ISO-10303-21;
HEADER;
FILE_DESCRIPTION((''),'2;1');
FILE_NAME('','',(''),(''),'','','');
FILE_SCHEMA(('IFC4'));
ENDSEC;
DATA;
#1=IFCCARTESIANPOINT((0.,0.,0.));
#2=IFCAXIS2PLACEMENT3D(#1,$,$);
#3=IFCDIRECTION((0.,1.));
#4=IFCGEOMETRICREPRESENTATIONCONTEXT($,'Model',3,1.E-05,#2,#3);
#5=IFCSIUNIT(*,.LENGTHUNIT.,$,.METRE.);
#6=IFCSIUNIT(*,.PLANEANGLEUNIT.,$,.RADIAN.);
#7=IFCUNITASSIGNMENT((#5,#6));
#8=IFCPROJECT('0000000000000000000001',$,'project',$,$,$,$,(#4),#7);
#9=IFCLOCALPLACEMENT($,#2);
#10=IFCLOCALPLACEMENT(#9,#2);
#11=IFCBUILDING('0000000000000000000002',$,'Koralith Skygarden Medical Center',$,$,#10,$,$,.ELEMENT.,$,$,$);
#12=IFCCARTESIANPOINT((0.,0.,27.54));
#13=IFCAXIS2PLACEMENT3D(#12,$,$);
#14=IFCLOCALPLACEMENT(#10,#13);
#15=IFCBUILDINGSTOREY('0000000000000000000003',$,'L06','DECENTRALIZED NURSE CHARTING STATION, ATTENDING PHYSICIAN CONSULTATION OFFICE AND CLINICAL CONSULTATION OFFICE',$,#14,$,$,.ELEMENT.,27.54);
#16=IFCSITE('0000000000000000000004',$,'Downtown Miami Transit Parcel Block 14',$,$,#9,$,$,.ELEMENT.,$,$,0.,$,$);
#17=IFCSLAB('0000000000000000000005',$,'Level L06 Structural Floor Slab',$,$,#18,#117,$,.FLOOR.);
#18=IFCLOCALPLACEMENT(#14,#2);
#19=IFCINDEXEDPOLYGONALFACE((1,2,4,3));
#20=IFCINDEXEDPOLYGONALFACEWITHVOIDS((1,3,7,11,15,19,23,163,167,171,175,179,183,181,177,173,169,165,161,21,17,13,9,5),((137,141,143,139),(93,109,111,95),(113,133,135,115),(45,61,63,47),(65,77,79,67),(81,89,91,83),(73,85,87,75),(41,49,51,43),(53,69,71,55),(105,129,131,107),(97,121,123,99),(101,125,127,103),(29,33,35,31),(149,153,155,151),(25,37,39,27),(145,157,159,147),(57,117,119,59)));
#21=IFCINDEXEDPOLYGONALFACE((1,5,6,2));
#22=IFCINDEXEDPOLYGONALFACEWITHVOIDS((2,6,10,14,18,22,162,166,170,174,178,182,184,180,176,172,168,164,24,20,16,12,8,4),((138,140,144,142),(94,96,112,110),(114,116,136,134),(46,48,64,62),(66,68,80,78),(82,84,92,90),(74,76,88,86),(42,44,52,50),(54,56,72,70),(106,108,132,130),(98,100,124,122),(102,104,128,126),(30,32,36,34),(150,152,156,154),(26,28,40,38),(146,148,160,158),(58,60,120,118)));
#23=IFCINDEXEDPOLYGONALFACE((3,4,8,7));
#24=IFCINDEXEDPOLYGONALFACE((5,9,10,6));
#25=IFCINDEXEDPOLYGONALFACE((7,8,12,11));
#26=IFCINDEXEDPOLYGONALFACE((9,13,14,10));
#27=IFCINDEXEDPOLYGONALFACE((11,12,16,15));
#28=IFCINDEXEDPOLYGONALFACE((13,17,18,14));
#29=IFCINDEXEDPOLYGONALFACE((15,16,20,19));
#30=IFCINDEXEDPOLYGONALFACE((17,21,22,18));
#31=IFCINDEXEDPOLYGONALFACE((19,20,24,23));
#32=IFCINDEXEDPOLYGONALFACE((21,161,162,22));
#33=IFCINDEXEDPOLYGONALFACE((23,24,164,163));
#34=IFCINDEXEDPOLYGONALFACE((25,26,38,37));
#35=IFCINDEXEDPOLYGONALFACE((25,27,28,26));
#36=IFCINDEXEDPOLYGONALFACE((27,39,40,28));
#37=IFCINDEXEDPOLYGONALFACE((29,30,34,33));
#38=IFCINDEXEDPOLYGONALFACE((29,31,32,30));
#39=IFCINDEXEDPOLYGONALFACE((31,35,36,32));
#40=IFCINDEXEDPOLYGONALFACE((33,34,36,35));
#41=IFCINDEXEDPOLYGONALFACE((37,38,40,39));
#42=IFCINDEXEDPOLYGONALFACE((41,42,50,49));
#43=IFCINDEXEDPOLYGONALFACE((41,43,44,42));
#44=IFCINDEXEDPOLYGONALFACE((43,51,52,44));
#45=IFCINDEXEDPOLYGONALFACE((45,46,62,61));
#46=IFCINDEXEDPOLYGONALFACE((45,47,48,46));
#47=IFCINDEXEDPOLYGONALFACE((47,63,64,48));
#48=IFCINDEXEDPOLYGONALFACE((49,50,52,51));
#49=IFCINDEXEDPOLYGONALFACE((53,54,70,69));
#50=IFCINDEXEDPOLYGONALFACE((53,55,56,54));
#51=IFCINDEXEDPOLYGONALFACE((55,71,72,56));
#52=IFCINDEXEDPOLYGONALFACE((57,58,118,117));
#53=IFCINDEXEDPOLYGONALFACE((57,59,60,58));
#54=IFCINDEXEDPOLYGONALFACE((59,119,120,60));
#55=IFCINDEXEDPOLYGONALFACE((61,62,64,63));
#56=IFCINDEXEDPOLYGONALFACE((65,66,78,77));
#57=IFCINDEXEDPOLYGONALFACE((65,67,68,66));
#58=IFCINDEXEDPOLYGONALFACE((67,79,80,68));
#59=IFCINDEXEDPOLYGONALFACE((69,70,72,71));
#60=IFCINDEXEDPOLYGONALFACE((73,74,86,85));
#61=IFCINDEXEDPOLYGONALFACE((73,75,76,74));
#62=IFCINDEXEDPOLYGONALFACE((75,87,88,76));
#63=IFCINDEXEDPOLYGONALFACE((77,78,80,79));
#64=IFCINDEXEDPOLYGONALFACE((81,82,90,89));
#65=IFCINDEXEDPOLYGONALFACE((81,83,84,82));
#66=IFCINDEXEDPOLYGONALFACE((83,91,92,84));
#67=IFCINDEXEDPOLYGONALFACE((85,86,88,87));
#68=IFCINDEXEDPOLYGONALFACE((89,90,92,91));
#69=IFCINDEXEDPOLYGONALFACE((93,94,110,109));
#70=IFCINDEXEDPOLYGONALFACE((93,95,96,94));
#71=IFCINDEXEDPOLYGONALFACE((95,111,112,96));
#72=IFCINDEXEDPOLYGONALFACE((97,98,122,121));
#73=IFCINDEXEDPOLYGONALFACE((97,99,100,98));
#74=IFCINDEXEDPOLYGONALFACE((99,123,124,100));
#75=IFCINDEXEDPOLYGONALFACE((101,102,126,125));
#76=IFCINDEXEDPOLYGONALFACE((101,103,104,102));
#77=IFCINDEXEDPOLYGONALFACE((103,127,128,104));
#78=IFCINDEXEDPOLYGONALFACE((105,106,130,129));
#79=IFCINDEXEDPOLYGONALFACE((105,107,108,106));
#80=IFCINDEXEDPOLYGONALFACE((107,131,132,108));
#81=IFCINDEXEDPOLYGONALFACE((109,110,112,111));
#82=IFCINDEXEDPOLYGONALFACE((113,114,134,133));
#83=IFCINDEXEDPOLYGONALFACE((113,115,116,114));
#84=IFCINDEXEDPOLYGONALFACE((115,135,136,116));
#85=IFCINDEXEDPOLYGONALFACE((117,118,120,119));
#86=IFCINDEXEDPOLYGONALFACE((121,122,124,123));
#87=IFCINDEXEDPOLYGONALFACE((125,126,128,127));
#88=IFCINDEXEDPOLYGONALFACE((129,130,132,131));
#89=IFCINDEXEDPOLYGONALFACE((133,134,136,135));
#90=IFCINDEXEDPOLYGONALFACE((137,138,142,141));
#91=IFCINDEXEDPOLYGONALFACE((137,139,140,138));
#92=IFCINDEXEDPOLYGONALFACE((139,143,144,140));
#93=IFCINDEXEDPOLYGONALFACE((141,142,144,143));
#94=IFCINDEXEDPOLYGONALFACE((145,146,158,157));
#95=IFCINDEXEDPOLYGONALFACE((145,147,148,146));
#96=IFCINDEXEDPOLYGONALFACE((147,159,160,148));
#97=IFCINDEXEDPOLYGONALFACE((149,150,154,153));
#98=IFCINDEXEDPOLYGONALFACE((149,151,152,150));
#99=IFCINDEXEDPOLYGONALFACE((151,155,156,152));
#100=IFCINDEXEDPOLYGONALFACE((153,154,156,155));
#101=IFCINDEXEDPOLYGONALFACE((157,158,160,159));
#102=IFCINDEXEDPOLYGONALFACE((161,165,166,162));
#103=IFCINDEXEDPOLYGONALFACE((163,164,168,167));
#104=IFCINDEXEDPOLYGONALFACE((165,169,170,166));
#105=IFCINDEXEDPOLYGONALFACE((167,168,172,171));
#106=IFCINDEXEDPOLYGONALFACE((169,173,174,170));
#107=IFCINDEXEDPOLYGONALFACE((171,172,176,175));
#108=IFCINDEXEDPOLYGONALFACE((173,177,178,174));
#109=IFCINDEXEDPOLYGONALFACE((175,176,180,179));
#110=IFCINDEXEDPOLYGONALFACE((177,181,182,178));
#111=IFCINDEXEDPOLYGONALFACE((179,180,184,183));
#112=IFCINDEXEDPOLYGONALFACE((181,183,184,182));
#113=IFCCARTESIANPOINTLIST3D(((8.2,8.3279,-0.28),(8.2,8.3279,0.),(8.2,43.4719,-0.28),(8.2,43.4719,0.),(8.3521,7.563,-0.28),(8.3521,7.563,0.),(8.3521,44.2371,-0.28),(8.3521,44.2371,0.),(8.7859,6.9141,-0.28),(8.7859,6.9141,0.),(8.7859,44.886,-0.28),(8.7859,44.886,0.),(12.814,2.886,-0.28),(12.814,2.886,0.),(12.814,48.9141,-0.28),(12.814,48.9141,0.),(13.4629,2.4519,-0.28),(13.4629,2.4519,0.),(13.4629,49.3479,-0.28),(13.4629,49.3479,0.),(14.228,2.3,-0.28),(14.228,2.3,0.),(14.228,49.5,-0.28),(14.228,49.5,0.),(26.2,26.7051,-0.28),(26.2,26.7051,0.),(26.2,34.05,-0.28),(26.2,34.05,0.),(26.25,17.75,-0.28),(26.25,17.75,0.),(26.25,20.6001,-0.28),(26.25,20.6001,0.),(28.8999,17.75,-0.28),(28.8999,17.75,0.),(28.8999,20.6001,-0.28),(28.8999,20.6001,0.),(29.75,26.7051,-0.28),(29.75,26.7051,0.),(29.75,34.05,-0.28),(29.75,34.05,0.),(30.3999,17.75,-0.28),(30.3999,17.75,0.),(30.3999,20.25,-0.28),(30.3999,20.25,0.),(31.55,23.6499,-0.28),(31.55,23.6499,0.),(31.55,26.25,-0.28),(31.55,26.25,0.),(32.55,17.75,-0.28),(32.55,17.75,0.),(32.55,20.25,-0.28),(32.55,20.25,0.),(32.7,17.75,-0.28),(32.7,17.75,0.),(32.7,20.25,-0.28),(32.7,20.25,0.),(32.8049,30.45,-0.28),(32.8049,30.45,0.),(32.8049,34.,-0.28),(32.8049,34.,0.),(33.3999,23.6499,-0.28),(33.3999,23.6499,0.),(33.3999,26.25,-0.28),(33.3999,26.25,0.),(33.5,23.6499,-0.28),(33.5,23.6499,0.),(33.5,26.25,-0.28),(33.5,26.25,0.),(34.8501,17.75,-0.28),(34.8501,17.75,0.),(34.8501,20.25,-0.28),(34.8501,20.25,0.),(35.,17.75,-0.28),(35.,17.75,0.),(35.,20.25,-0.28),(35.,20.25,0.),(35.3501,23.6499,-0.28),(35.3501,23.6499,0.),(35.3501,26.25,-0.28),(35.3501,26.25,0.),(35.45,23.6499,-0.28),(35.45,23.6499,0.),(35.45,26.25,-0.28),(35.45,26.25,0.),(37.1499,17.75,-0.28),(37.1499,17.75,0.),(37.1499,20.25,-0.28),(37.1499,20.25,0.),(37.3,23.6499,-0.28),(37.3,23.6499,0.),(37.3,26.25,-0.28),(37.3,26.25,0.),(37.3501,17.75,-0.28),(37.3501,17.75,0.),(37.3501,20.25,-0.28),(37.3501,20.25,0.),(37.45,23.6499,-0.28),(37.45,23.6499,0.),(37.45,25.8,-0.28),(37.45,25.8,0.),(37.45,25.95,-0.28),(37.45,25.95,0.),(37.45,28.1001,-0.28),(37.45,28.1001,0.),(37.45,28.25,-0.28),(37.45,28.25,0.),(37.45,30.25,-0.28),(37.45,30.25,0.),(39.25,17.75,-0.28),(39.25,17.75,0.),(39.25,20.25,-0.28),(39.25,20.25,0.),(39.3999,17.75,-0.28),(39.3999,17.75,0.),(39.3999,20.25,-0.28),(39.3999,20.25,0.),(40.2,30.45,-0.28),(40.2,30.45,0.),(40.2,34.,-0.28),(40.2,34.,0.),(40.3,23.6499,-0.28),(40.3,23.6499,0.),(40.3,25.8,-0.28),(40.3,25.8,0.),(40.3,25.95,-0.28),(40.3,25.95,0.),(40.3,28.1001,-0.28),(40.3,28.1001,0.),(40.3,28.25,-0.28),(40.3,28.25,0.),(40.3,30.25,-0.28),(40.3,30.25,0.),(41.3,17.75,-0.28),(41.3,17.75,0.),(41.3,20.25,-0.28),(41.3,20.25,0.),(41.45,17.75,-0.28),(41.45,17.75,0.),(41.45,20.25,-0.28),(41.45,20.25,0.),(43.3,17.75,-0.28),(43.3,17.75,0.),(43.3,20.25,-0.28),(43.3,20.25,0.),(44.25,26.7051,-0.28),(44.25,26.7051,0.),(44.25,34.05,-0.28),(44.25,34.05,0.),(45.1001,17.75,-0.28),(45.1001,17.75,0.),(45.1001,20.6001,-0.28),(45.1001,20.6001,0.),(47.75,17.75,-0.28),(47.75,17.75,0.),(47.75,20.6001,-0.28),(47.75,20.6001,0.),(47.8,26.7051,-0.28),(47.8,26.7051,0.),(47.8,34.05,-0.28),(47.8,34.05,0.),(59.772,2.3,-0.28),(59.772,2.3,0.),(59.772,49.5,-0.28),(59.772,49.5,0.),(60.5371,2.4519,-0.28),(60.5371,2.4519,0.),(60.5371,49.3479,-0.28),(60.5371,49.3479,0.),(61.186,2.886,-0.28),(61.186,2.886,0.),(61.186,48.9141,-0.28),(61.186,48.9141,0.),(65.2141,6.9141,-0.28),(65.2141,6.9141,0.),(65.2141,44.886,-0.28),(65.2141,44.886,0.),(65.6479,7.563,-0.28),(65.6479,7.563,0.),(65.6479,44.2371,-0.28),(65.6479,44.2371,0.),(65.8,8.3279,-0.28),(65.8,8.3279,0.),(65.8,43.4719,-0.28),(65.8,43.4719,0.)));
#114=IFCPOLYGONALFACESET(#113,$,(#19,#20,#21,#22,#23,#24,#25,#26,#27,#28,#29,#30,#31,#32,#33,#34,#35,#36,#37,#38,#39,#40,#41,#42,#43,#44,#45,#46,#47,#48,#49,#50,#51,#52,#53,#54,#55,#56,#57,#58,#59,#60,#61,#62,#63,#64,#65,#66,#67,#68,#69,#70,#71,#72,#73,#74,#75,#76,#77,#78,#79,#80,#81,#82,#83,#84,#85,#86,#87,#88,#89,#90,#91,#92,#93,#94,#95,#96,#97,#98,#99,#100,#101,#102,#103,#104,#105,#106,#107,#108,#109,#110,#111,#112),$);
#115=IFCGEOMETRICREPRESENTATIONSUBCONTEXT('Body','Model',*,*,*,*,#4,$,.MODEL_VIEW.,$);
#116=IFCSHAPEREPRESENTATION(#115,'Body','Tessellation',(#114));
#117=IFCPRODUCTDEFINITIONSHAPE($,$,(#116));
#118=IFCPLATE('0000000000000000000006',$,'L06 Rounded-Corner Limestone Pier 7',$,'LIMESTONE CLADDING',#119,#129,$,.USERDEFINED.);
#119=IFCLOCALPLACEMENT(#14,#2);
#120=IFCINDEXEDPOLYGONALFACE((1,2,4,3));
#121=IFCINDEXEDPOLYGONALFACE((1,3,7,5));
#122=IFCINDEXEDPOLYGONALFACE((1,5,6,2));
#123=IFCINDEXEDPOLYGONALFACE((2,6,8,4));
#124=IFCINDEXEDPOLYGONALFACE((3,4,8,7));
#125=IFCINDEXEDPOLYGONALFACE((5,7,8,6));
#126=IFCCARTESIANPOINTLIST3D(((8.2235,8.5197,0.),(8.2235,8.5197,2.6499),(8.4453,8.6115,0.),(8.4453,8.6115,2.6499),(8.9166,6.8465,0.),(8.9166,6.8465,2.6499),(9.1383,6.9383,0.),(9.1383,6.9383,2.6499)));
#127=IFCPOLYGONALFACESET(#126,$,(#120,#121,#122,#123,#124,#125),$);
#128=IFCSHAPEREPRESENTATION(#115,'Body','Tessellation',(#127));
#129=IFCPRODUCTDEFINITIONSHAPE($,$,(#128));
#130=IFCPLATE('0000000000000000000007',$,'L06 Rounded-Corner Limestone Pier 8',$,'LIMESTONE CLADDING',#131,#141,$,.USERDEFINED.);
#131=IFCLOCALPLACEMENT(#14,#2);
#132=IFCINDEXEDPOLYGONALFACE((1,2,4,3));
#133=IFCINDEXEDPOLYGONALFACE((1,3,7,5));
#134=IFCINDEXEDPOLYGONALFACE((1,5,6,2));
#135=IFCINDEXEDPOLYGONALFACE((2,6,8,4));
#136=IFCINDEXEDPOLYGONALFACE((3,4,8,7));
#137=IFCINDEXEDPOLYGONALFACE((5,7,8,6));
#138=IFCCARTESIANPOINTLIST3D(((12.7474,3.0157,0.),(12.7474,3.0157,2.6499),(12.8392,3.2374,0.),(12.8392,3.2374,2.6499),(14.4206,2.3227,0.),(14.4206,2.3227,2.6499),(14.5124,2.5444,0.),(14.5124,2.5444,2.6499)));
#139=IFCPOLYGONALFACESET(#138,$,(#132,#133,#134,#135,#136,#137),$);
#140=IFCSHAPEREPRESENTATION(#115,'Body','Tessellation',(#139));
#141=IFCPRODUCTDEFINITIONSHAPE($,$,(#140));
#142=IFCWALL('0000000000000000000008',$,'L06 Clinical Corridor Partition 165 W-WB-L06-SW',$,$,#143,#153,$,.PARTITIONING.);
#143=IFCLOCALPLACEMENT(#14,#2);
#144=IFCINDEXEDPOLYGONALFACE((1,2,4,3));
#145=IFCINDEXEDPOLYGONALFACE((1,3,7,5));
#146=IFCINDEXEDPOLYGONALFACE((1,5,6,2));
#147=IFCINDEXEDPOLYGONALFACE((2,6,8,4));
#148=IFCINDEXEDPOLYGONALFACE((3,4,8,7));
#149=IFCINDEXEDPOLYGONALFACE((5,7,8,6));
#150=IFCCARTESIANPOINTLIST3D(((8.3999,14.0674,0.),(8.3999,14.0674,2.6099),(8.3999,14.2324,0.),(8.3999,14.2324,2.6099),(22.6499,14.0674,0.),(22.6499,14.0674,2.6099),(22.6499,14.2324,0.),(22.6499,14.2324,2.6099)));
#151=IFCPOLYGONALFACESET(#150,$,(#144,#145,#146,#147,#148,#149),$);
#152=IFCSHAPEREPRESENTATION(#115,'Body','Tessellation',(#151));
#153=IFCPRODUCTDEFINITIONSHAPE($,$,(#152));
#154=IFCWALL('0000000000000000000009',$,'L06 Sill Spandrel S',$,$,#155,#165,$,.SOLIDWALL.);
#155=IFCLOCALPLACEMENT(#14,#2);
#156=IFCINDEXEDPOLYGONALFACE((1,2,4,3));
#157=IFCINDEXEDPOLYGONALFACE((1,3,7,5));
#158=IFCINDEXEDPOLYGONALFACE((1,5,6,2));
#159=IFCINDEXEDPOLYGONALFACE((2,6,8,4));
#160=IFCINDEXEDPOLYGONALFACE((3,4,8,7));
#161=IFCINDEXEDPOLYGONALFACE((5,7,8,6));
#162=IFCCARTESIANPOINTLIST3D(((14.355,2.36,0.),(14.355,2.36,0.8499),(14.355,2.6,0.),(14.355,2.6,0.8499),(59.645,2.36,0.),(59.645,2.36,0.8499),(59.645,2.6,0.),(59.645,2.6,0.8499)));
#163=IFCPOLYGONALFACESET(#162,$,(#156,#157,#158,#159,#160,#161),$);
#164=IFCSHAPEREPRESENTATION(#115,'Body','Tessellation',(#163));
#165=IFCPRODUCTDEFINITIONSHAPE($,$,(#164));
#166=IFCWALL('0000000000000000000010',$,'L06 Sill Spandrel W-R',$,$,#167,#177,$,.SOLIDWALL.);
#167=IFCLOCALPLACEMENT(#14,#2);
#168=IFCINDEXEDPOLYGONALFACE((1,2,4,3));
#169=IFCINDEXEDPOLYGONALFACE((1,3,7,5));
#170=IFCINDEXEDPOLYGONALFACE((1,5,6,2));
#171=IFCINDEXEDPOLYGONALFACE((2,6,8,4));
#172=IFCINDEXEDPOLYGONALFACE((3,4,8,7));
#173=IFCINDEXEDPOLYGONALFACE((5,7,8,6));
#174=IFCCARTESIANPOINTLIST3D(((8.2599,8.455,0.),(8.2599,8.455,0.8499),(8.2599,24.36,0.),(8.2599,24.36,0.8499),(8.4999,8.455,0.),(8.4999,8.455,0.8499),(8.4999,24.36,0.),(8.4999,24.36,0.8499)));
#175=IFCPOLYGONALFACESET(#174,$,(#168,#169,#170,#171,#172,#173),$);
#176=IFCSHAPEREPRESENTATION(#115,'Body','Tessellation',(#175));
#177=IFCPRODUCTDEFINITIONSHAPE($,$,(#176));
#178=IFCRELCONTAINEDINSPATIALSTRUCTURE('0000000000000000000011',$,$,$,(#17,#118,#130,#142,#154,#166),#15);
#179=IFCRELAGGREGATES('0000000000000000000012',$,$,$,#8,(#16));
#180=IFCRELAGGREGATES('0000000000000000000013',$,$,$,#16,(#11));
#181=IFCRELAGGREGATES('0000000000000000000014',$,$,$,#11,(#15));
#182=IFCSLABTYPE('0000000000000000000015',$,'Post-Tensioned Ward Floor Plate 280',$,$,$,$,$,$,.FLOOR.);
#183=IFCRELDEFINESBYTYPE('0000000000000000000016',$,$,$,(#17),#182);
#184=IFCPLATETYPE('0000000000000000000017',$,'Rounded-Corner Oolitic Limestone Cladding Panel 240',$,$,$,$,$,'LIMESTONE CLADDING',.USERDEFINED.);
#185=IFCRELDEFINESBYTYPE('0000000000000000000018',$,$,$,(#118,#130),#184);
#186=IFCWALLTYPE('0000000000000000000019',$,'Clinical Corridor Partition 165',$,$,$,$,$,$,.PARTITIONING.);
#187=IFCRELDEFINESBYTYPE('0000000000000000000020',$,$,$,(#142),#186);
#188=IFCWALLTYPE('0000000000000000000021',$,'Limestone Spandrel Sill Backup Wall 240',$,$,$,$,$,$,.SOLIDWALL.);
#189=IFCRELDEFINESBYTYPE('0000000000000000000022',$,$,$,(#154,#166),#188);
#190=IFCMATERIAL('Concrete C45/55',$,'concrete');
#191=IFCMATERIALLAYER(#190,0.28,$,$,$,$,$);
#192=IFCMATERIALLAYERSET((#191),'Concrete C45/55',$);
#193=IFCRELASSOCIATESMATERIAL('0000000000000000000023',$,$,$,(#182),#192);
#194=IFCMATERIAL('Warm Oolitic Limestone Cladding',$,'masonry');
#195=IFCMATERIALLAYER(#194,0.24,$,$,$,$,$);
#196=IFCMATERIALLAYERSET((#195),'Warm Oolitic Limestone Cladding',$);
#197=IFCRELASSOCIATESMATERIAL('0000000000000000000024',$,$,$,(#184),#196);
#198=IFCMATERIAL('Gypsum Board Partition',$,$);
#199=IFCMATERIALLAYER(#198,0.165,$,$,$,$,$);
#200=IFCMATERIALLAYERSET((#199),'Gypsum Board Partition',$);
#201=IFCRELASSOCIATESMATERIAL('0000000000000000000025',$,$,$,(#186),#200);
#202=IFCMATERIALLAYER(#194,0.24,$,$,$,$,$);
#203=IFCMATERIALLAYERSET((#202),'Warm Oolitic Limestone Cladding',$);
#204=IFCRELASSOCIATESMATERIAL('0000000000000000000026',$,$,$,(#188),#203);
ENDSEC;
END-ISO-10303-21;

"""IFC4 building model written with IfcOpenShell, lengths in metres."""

from ifc_helpers import new_model, si_unit, direction, frame, frame_2d, origin, origin_2d, place, context, subcontext, project, spatial, polyline, rectangle, outline, extrude, material, layer, layer_set, type_object, element, save


model = new_model("IFC4")

# Units and contexts
model_context = context("Model", 3, precision=1e-05, world=origin(), true_north=direction((0.0, 1.0)))
body_context = subcontext(model_context, "Body", "Model", "MODEL_VIEW")
ifc_project = project(units=[si_unit("LENGTHUNIT", "METRE"), si_unit("PLANEANGLEUNIT", "RADIAN")], contexts=[model_context])

# Site, building, storey
site_placement = place(None, origin())
site = spatial("IfcSite", under=ifc_project, at=site_placement, Name="Downtown Miami Transit Parcel Block 14", CompositionType="ELEMENT", RefElevation=0.0)
building_placement = place(site_placement, origin())
building = spatial("IfcBuilding", under=site, at=building_placement, Name="Koralith Skygarden Medical Center", CompositionType="ELEMENT")
storey_placement = place(building_placement, frame((0.0, 0.0, 27.54)))
storey = spatial("IfcBuildingStorey", under=building, at=storey_placement, Name="L06", Description="DECENTRALIZED NURSE CHARTING STATION, ATTENDING PHYSICIAN CONSULTATION OFFICE AND CLINICAL CONSULTATION OFFICE", CompositionType="ELEMENT", Elevation=27.54)

# Shared definitions
ifc_material_1 = material(Name="Concrete C45/55", Category="concrete")

# Slab
ifc_layer_1 = layer(ifc_material_1, 0.28)
ifc_layer_set_1 = layer_set([ifc_layer_1], Name="Concrete C45/55")
slab_type_1 = type_object("IfcSlabType", Name="Post-Tensioned Ward Floor Plate 280", PredefinedType="FLOOR", material=ifc_layer_set_1)
slab_1_placement = place(storey_placement, frame((0.0, 0.0, -0.28)))
element("IfcSlab", 1, at=slab_1_placement, inside=storey, type_object=slab_type_1, Name="Level L06 Structural Floor Slab", PredefinedType="FLOOR", context=body_context, shape_type="SweptSolid", body=[
    extrude(outline(polyline([(12.814, 2.886), (13.4629, 2.4519), (14.228, 2.3), (59.772, 2.3), (60.5371, 2.4519), (61.186, 2.886), (65.2141, 6.9141), (65.6479, 7.563), (65.8, 8.3279), (65.8, 43.4719), (65.6479, 44.2371), (65.2141, 44.886), (61.186, 48.9141), (60.5371, 49.3479), (59.772, 49.5), (14.228, 49.5), (13.4629, 49.3479), (12.814, 48.9141), (8.7859, 44.886), (8.3521, 44.2371), (8.2, 43.4719), (8.2, 8.3279), (8.3521, 7.563), (8.7859, 6.9141), (12.814, 2.886)]), holes=[polyline([(26.2, 26.7051), (29.75, 26.7051), (29.75, 34.05), (26.2, 34.05), (26.2, 26.7051)]), polyline([(44.25, 26.7051), (47.8, 26.7051), (47.8, 34.05), (44.25, 34.05), (44.25, 26.7051)]), polyline([(32.8049, 30.45), (40.2, 30.45), (40.2, 34.0), (32.8049, 34.0), (32.8049, 30.45)]), polyline([(26.25, 17.75), (28.8999, 17.75), (28.8999, 20.6001), (26.25, 20.6001), (26.25, 17.75)]), polyline([(45.1001, 17.75), (47.75, 17.75), (47.75, 20.6001), (45.1001, 20.6001), (45.1001, 17.75)]), polyline([(30.3999, 17.75), (32.55, 17.75), (32.55, 20.25), (30.3999, 20.25), (30.3999, 17.75)]), polyline([(32.7, 17.75), (34.8501, 17.75), (34.8501, 20.25), (32.7, 20.25), (32.7, 17.75)]), polyline([(35.0, 17.75), (37.1499, 17.75), (37.1499, 20.25), (35.0, 20.25), (35.0, 17.75)]), polyline([(37.3501, 17.75), (39.25, 17.75), (39.25, 20.25), (37.3501, 20.25), (37.3501, 17.75)]), polyline([(39.3999, 17.75), (41.3, 17.75), (41.3, 20.25), (39.3999, 20.25), (39.3999, 17.75)]), polyline([(41.45, 17.75), (43.3, 17.75), (43.3, 20.25), (41.45, 20.25), (41.45, 17.75)]), polyline([(31.55, 23.6499), (33.3999, 23.6499), (33.3999, 26.25), (31.55, 26.25), (31.55, 23.6499)]), polyline([(33.5, 23.6499), (35.3501, 23.6499), (35.3501, 26.25), (33.5, 26.25), (33.5, 23.6499)]), polyline([(35.45, 23.6499), (37.3, 23.6499), (37.3, 26.25), (35.45, 26.25), (35.45, 23.6499)]), polyline([(37.45, 23.6499), (40.3, 23.6499), (40.3, 25.8), (37.45, 25.8), (37.45, 23.6499)]), polyline([(37.45, 25.95), (40.3, 25.95), (40.3, 28.1001), (37.45, 28.1001), (37.45, 25.95)]), polyline([(37.45, 28.25), (40.3, 28.25), (40.3, 30.25), (37.45, 30.25), (37.45, 28.25)])]), origin(), (0.0, 0.0, 1.0), 0.28),
])

# Plates
ifc_material_2 = material(Name="Warm Oolitic Limestone Cladding", Category="masonry")
ifc_layer_2 = layer(ifc_material_2, 0.24)
ifc_layer_set_2 = layer_set([ifc_layer_2], Name="Warm Oolitic Limestone Cladding")
plate_type_1 = type_object("IfcPlateType", Name="Rounded-Corner Oolitic Limestone Cladding Panel 240", ElementType="LIMESTONE CLADDING", PredefinedType="USERDEFINED", material=ifc_layer_set_2)
for number, where, z_axis, x_axis, name in (
    (2, (8.6809, 7.729, 0.0), (0.0, 0.0, 1.0), (0.382671, -0.923885, 0.0), "L06 Rounded-Corner Limestone Pier 7"),
    (3, (13.6299, 2.78, 0.0), (0.0, 0.0, 1.0), (0.923885, -0.382671, 0.0), "L06 Rounded-Corner Limestone Pier 8"),
):
    element("IfcPlate", number, at=place(storey_placement, frame(where, z_axis=z_axis, x_axis=x_axis)), inside=storey, type_object=plate_type_1, Name=name, ObjectType="LIMESTONE CLADDING", PredefinedType="USERDEFINED", context=body_context, shape_type="SweptSolid", body=[
        extrude(rectangle(XDim=1.811, YDim=0.24, at=origin_2d()), origin(), (0.0, 0.0, 1.0), 2.6499),
    ])

# Walls
ifc_material_3 = material(Name="Gypsum Board Partition")
ifc_layer_3 = layer(ifc_material_3, 0.165)
ifc_layer_set_3 = layer_set([ifc_layer_3], Name="Gypsum Board Partition")
wall_type_1 = type_object("IfcWallType", Name="Clinical Corridor Partition 165", PredefinedType="PARTITIONING", material=ifc_layer_set_3)
wall_1_placement = place(storey_placement, frame((8.3999, 14.1499, 0.0), z_axis=(0.0, 0.0, 1.0), x_axis=(1.0, 0.0, 0.0)))
element("IfcWall", 4, at=wall_1_placement, inside=storey, type_object=wall_type_1, Name="L06 Clinical Corridor Partition 165 W-WB-L06-SW", PredefinedType="PARTITIONING", context=body_context, shape_type="SweptSolid", body=[
    extrude(rectangle(XDim=14.25, YDim=0.165, at=frame_2d((7.125, 0.0))), origin(), (0.0, 0.0, 1.0), 2.6099),
])
ifc_layer_4 = layer(ifc_material_2, 0.24)
ifc_layer_set_4 = layer_set([ifc_layer_4], Name="Warm Oolitic Limestone Cladding")
wall_type_2 = type_object("IfcWallType", Name="Limestone Spandrel Sill Backup Wall 240", PredefinedType="SOLIDWALL", material=ifc_layer_set_4)
wall_2_placement = place(storey_placement, frame((14.355, 2.48, 0.0), z_axis=(0.0, 0.0, 1.0), x_axis=(1.0, 0.0, 0.0)))
element("IfcWall", 5, at=wall_2_placement, inside=storey, type_object=wall_type_2, Name="L06 Sill Spandrel S", PredefinedType="SOLIDWALL", context=body_context, shape_type="SweptSolid", body=[
    extrude(rectangle(XDim=45.29, YDim=0.24, at=frame_2d((22.645, 0.0))), origin(), (0.0, 0.0, 1.0), 0.8499),
])
wall_3_placement = place(storey_placement, frame((8.3799, 24.3601, 0.0), z_axis=(0.0, 0.0, 1.0), x_axis=(0.0, -1.0, 0.0)))
element("IfcWall", 6, at=wall_3_placement, inside=storey, type_object=wall_type_2, Name="L06 Sill Spandrel W-R", PredefinedType="SOLIDWALL", context=body_context, shape_type="SweptSolid", body=[
    extrude(rectangle(XDim=15.905, YDim=0.24, at=frame_2d((7.9526, 0.0))), origin(), (0.0, 0.0, 1.0), 0.8499),
])

save(model, "model.ifc")
